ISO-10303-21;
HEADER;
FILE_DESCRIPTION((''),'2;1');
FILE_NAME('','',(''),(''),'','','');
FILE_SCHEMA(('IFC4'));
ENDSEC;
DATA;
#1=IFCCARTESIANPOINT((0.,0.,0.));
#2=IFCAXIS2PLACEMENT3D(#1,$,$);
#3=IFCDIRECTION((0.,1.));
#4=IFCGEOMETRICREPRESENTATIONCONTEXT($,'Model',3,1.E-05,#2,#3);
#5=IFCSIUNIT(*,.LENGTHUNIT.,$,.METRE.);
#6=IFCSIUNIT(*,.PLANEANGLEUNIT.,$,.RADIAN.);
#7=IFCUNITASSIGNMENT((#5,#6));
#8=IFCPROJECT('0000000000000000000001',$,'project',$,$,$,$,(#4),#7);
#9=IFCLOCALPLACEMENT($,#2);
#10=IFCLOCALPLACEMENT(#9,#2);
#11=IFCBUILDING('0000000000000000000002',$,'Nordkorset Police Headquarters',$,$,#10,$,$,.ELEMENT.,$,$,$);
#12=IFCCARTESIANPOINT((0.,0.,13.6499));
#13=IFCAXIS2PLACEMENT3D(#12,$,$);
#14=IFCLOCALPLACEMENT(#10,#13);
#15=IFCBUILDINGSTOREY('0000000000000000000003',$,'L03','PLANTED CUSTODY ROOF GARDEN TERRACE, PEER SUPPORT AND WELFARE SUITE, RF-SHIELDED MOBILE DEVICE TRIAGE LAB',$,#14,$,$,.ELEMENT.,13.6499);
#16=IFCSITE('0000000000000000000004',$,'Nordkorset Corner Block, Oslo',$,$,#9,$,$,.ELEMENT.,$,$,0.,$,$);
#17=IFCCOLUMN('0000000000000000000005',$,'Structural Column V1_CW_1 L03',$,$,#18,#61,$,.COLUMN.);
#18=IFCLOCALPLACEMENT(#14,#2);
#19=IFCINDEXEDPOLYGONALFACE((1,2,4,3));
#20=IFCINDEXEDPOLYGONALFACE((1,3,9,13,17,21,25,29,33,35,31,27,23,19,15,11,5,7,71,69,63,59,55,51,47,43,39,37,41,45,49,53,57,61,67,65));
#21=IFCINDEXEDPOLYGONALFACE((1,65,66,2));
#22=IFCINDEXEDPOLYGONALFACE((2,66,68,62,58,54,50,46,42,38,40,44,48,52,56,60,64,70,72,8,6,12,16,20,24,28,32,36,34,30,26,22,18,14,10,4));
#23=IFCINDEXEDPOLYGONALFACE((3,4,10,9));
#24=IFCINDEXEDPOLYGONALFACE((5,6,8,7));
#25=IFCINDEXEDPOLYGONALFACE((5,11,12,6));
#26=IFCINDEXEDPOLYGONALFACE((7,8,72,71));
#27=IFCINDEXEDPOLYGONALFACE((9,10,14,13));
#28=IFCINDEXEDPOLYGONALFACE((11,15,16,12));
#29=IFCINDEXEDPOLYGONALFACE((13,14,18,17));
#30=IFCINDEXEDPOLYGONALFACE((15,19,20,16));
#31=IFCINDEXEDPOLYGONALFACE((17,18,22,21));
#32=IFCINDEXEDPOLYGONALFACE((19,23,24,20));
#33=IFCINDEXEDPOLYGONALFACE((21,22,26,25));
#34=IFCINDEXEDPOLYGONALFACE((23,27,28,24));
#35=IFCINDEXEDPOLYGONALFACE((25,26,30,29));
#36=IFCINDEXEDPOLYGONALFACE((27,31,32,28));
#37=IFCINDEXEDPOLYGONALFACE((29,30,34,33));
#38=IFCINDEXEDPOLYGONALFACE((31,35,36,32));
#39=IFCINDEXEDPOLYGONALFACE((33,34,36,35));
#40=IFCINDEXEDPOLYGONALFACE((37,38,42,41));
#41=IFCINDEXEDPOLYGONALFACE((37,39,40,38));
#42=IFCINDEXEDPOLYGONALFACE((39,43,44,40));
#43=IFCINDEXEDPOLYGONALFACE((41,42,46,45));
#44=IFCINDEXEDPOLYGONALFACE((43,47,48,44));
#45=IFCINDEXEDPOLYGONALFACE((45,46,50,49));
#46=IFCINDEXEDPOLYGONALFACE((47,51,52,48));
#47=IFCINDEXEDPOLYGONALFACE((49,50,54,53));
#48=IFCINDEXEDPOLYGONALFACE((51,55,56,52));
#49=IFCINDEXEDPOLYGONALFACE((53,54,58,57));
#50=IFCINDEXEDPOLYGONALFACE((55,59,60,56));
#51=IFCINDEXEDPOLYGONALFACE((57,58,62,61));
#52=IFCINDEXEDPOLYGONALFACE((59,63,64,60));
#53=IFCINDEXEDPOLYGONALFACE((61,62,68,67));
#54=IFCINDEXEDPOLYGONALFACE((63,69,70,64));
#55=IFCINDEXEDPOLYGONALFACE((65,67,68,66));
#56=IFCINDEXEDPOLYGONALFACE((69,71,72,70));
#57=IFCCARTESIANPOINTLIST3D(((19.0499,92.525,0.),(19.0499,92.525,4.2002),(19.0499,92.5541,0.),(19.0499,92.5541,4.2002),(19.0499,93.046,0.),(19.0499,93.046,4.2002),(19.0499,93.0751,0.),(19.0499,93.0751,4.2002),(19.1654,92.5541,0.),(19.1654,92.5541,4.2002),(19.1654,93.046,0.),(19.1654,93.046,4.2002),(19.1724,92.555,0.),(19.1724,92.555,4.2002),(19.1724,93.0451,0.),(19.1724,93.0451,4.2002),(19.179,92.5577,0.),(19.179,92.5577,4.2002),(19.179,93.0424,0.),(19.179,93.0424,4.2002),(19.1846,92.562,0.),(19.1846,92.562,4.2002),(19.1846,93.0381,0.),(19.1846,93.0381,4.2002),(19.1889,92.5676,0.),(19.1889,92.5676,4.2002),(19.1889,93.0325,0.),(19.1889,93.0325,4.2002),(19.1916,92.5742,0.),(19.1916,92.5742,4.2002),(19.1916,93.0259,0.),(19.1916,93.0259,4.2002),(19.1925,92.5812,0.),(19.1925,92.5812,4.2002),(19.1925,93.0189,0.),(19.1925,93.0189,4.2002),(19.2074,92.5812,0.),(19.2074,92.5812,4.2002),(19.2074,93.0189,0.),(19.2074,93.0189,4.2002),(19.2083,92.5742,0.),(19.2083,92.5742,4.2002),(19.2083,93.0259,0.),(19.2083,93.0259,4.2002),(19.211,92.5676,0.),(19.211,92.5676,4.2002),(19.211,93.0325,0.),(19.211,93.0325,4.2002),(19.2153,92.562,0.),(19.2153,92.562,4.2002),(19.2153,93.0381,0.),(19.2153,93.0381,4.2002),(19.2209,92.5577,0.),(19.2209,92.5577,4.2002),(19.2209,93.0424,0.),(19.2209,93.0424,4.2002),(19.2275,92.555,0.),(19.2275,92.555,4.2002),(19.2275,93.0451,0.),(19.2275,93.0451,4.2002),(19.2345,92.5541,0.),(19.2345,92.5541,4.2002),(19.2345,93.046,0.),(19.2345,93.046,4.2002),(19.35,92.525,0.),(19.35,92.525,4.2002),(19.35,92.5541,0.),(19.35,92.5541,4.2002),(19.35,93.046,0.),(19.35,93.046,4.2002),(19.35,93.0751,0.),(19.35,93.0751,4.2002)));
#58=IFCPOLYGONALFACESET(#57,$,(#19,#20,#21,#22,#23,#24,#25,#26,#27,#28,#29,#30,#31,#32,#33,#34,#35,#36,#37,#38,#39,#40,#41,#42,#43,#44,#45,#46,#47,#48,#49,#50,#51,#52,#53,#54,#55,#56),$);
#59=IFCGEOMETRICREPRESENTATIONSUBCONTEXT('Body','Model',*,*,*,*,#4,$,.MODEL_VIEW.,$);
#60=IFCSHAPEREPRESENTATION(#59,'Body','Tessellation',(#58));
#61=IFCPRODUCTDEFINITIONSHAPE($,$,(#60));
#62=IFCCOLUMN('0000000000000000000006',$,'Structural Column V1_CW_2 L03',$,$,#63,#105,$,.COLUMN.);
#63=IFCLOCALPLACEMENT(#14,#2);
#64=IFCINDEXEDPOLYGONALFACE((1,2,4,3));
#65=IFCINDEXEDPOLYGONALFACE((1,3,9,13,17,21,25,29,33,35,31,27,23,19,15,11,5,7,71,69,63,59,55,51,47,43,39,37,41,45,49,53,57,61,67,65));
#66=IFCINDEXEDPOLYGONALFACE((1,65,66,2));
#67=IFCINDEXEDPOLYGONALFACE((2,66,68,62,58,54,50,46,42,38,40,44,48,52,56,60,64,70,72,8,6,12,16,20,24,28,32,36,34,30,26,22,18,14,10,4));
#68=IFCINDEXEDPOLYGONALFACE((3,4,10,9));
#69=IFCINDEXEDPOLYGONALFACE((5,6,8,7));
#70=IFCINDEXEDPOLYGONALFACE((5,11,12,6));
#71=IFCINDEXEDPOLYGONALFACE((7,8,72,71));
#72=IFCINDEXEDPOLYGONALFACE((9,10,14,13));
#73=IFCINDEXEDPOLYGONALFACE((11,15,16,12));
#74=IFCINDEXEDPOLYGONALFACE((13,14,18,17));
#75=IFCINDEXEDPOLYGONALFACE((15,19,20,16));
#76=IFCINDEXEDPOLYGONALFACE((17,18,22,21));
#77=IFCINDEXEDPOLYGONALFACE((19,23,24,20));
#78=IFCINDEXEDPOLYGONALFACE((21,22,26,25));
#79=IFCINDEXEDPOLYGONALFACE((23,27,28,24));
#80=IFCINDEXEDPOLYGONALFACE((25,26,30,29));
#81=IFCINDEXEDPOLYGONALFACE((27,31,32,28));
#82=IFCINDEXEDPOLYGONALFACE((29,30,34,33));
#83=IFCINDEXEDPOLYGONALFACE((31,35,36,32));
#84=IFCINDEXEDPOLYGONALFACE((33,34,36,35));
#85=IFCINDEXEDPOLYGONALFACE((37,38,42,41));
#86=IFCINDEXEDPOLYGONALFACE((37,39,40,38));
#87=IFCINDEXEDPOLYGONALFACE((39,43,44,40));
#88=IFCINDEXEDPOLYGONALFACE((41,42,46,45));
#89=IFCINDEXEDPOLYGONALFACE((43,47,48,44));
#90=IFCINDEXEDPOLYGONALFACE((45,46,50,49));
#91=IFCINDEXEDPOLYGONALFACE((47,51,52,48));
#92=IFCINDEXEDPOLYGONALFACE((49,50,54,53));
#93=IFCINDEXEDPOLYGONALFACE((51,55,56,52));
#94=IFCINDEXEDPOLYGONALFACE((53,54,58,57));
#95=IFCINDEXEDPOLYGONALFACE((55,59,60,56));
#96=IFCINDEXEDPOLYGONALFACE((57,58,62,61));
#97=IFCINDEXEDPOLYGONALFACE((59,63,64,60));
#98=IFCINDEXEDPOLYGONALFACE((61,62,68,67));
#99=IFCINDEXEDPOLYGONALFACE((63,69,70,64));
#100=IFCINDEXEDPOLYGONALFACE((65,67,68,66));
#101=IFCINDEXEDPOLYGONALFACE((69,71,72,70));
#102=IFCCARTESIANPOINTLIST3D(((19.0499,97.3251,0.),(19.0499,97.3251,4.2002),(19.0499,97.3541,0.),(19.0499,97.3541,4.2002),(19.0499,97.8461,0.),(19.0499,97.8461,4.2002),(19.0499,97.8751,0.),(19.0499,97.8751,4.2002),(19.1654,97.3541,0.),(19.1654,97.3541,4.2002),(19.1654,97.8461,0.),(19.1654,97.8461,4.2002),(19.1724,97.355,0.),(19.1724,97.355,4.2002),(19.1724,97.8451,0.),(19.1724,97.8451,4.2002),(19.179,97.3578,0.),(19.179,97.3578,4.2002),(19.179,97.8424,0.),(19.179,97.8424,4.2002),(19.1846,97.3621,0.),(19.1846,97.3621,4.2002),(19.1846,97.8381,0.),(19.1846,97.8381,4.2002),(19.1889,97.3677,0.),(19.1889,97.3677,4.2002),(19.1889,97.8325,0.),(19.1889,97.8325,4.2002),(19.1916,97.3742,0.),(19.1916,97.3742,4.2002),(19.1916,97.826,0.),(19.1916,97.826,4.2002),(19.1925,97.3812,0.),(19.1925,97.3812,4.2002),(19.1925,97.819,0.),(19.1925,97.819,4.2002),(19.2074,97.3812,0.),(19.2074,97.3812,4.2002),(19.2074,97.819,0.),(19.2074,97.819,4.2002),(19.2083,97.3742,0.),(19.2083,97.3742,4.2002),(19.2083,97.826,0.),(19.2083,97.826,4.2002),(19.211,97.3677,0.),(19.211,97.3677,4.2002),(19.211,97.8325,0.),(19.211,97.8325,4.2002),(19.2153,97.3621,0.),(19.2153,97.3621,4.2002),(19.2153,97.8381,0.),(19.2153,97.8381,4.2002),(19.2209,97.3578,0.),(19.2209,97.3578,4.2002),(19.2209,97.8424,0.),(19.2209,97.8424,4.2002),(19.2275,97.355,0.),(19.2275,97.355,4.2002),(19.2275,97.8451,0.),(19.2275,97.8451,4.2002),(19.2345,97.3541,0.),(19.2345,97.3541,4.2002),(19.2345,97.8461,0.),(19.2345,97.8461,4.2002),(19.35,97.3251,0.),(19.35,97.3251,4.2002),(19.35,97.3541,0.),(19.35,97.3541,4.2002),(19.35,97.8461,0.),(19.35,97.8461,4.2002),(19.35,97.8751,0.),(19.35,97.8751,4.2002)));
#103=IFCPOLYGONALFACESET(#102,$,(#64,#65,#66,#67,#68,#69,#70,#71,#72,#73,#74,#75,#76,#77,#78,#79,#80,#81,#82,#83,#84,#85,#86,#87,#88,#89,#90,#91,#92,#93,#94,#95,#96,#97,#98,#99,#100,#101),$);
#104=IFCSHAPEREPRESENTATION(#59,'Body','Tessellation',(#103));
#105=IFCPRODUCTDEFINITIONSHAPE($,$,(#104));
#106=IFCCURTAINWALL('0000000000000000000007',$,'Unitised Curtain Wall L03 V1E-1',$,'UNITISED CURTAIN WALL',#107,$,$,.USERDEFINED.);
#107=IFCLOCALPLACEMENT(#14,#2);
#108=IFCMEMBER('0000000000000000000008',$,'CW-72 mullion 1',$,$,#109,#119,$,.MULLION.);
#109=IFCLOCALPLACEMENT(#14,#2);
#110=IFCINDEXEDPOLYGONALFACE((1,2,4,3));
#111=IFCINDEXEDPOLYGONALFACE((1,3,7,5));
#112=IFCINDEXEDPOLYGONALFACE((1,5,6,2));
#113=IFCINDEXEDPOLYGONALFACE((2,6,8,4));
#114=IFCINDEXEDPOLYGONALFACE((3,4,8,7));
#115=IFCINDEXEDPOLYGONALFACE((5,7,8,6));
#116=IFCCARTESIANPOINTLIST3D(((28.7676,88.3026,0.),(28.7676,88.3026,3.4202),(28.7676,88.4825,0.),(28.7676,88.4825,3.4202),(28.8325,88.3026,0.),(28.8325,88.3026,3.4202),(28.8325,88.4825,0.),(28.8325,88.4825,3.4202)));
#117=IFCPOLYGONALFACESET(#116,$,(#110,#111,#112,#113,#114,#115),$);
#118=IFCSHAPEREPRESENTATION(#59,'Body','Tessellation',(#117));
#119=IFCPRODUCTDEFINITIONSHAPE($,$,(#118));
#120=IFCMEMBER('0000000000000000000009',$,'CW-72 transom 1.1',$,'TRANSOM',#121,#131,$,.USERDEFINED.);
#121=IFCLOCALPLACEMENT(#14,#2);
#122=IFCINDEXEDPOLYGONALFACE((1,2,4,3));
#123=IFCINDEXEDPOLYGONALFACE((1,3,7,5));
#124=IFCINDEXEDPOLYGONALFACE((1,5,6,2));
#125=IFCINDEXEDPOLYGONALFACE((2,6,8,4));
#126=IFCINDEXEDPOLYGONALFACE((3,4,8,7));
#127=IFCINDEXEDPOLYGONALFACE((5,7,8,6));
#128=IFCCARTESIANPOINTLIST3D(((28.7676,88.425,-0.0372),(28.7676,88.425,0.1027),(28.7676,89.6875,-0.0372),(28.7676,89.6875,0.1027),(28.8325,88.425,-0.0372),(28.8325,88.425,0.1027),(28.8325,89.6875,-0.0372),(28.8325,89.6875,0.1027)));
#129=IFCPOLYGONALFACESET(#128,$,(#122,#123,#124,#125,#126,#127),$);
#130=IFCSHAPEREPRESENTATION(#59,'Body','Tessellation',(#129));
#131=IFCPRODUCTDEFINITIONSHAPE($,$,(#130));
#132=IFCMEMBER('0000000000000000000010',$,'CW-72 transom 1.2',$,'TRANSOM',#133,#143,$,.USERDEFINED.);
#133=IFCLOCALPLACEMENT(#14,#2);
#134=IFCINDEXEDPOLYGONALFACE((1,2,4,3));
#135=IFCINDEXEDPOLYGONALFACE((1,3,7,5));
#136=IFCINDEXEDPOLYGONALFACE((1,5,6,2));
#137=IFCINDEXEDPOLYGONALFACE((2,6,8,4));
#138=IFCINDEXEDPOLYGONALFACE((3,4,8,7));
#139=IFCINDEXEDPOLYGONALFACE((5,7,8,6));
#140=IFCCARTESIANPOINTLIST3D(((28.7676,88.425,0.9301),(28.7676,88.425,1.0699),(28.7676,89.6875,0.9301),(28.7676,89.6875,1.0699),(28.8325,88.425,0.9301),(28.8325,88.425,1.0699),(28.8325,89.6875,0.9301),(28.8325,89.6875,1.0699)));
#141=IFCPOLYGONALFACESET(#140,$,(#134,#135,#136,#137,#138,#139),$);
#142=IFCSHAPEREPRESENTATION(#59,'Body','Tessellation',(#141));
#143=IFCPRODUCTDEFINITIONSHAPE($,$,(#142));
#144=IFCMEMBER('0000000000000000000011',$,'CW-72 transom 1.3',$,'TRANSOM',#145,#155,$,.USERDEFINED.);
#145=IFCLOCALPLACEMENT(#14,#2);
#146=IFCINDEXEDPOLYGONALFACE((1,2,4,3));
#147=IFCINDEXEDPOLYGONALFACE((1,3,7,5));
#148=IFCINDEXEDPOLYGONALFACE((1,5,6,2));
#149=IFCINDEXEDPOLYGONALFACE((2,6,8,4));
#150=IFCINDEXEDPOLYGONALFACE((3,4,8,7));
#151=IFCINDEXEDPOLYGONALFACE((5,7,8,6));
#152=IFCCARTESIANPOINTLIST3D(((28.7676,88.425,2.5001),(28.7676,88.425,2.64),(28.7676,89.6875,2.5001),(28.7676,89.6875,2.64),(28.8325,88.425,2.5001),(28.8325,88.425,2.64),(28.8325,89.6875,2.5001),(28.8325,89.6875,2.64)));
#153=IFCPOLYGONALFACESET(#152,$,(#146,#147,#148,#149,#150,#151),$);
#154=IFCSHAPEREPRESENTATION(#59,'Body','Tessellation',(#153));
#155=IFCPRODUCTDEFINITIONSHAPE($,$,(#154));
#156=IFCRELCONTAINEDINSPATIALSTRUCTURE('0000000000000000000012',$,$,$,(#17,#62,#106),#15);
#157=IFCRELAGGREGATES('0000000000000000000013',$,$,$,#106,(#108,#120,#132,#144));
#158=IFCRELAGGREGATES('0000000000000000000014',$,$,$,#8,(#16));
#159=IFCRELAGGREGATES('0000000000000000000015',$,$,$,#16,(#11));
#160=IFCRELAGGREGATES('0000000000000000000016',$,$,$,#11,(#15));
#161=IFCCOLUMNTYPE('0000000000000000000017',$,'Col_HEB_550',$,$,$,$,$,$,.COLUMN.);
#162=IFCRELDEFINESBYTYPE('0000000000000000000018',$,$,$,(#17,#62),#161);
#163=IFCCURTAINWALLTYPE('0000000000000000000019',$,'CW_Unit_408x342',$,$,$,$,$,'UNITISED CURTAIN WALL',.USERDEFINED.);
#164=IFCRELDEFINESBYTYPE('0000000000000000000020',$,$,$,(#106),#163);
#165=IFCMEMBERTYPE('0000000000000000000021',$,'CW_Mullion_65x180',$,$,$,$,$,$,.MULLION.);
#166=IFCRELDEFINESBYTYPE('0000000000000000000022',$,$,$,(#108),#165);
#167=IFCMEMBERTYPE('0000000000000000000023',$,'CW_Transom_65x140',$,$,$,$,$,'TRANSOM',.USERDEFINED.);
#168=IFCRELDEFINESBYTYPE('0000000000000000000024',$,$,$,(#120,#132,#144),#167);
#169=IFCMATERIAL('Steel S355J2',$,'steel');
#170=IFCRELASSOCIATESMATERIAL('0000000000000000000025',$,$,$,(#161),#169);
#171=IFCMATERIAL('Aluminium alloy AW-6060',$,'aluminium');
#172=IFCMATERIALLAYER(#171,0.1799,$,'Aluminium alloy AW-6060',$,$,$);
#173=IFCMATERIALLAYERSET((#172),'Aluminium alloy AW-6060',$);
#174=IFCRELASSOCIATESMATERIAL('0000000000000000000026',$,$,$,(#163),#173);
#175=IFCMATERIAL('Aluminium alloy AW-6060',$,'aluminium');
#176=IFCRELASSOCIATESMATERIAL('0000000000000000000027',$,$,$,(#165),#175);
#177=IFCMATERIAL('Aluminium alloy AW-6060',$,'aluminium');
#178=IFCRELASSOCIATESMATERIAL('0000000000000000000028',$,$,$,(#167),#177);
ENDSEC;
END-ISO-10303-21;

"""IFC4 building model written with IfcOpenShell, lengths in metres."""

from ifc_helpers import new_model, si_unit, direction, frame, origin, origin_2d, place, context, subcontext, project, spatial, rectangle, i_section, extrude, material, layer, layer_set, material_profile, profile_set, type_object, element, aggregate, save


model = new_model("IFC4")

# Units and contexts
model_context = context("Model", 3, precision=1e-05, world=origin(), true_north=direction((0.0, 1.0)))
body_context = subcontext(model_context, "Body", "Model", "MODEL_VIEW")
ifc_project = project(units=[si_unit("LENGTHUNIT", "METRE"), si_unit("PLANEANGLEUNIT", "RADIAN")], contexts=[model_context])

# Site, building, storey
site_placement = place(None, origin())
site = spatial("IfcSite", under=ifc_project, at=site_placement, Name="Nordkorset Corner Block, Oslo", CompositionType="ELEMENT", RefElevation=0.0)
building_placement = place(site_placement, origin())
building = spatial("IfcBuilding", under=site, at=building_placement, Name="Nordkorset Police Headquarters", CompositionType="ELEMENT")
storey_placement = place(building_placement, frame((0.0, 0.0, 13.6499)))
storey = spatial("IfcBuildingStorey", under=building, at=storey_placement, Name="L03", Description="PLANTED CUSTODY ROOF GARDEN TERRACE, PEER SUPPORT AND WELFARE SUITE, RF-SHIELDED MOBILE DEVICE TRIAGE LAB", CompositionType="ELEMENT", Elevation=13.6499)

# Columns
ifc_material_1 = material(Name="Steel S355J2", Category="steel")
ifc_material_profile_1 = material_profile(ifc_material_1, i_section(OverallWidth=0.3, OverallDepth=0.55, WebThickness=0.0149, FlangeThickness=0.0291, FilletRadius=0.0271, at=origin_2d()), Name="HEB 550")
ifc_profile_set_1 = profile_set([ifc_material_profile_1], Name="Steel S355J2")
column_type = type_object("IfcColumnType", Name="Col_HEB_550", PredefinedType="COLUMN", material=ifc_profile_set_1)
for number, where, z_axis, x_axis, name in (
    (1, (19.2, 92.8, 0.0), (0.0, 0.0, 1.0), (1.0, 0.0, 0.0), "Structural Column V1_CW_1 L03"),
    (2, (19.2, 97.6001, 0.0), (0.0, 0.0, 1.0), (1.0, 0.0, 0.0), "Structural Column V1_CW_2 L03"),
):
    element("IfcColumn", number, at=place(storey_placement, frame(where, z_axis=z_axis, x_axis=x_axis)), inside=storey, type_object=column_type, Name=name, PredefinedType="COLUMN", context=body_context, shape_type="SweptSolid", body=[
        extrude(i_section(OverallWidth=0.3, OverallDepth=0.55, WebThickness=0.0149, FlangeThickness=0.0291, FilletRadius=0.0271, at=origin_2d()), origin(), (0.0, 0.0, 1.0), 4.2002),
    ])

# Curtain wall, members
ifc_material_2 = material(Name="Aluminium alloy AW-6060", Category="aluminium")
ifc_layer_1 = layer(ifc_material_2, 0.1799, Name="Aluminium alloy AW-6060")
ifc_layer_set_1 = layer_set([ifc_layer_1], Name="Aluminium alloy AW-6060")
curtain_wall_type = type_object("IfcCurtainWallType", Name="CW_Unit_408x342", ElementType="UNITISED CURTAIN WALL", PredefinedType="USERDEFINED", material=ifc_layer_set_1)
curtain_wall_placement = place(storey_placement, origin())
curtain_wall = element("IfcCurtainWall", 3, at=curtain_wall_placement, inside=storey, type_object=curtain_wall_type, Name="Unitised Curtain Wall L03 V1E-1", ObjectType="UNITISED CURTAIN WALL", PredefinedType="USERDEFINED")
ifc_material_3 = material(Name="Aluminium alloy AW-6060", Category="aluminium")
ifc_material_profile_2 = material_profile(ifc_material_3, rectangle(XDim=0.0649, YDim=0.1799, at=origin_2d()), Name="ALU MULL 65x180")
ifc_profile_set_2 = profile_set([ifc_material_profile_2], Name="Aluminium alloy AW-6060")
member_type_1 = type_object("IfcMemberType", Name="CW_Mullion_65x180", PredefinedType="MULLION", material=ifc_profile_set_2)
member_1_placement = place(storey_placement, frame((28.8, 88.3926, 0.0), z_axis=(0.0, 0.0, 1.0), x_axis=(-1.0, 0.0, 0.0)))
member_1 = element("IfcMember", 4, at=member_1_placement, type_object=member_type_1, Name="CW-72 mullion 1", PredefinedType="MULLION", context=body_context, shape_type="SweptSolid", body=[
    extrude(rectangle(XDim=0.0649, YDim=0.1799, at=origin_2d()), origin(), (0.0, 0.0, 1.0), 3.4202),
])
ifc_material_4 = material(Name="Aluminium alloy AW-6060", Category="aluminium")
ifc_material_profile_3 = material_profile(ifc_material_4, rectangle(XDim=0.0649, YDim=0.1399, at=origin_2d()), Name="ALU TRAN 65x140")
ifc_profile_set_3 = profile_set([ifc_material_profile_3], Name="Aluminium alloy AW-6060")
member_type_2 = type_object("IfcMemberType", Name="CW_Transom_65x140", ElementType="TRANSOM", PredefinedType="USERDEFINED", material=ifc_profile_set_3)
member_2_placement = place(storey_placement, frame((28.8, 88.425, 0.0327), z_axis=(0.0, 1.0, 0.0), x_axis=(-1.0, 0.0, 0.0)))
member_2 = element("IfcMember", 5, at=member_2_placement, type_object=member_type_2, Name="CW-72 transom 1.1", ObjectType="TRANSOM", PredefinedType="USERDEFINED", context=body_context, shape_type="SweptSolid", body=[
    extrude(rectangle(XDim=0.0649, YDim=0.1399, at=origin_2d()), origin(), (0.0, 0.0, 1.0), 1.2625),
])
member_3_placement = place(storey_placement, frame((28.8, 88.425, 1.0), z_axis=(0.0, 1.0, 0.0), x_axis=(-1.0, 0.0, 0.0)))
member_3 = element("IfcMember", 6, at=member_3_placement, type_object=member_type_2, Name="CW-72 transom 1.2", ObjectType="TRANSOM", PredefinedType="USERDEFINED", context=body_context, shape_type="SweptSolid", body=[
    extrude(rectangle(XDim=0.0649, YDim=0.1399, at=origin_2d()), origin(), (0.0, 0.0, 1.0), 1.2625),
])
member_4_placement = place(storey_placement, frame((28.8, 88.425, 2.5701), z_axis=(0.0, 1.0, 0.0), x_axis=(-1.0, 0.0, 0.0)))
member_4 = element("IfcMember", 7, at=member_4_placement, type_object=member_type_2, Name="CW-72 transom 1.3", ObjectType="TRANSOM", PredefinedType="USERDEFINED", context=body_context, shape_type="SweptSolid", body=[
    extrude(rectangle(XDim=0.0649, YDim=0.1399, at=origin_2d()), origin(), (0.0, 0.0, 1.0), 1.2625),
])
aggregate(curtain_wall, [member_1, member_2, member_3, member_4])

save(model, "model.ifc")
